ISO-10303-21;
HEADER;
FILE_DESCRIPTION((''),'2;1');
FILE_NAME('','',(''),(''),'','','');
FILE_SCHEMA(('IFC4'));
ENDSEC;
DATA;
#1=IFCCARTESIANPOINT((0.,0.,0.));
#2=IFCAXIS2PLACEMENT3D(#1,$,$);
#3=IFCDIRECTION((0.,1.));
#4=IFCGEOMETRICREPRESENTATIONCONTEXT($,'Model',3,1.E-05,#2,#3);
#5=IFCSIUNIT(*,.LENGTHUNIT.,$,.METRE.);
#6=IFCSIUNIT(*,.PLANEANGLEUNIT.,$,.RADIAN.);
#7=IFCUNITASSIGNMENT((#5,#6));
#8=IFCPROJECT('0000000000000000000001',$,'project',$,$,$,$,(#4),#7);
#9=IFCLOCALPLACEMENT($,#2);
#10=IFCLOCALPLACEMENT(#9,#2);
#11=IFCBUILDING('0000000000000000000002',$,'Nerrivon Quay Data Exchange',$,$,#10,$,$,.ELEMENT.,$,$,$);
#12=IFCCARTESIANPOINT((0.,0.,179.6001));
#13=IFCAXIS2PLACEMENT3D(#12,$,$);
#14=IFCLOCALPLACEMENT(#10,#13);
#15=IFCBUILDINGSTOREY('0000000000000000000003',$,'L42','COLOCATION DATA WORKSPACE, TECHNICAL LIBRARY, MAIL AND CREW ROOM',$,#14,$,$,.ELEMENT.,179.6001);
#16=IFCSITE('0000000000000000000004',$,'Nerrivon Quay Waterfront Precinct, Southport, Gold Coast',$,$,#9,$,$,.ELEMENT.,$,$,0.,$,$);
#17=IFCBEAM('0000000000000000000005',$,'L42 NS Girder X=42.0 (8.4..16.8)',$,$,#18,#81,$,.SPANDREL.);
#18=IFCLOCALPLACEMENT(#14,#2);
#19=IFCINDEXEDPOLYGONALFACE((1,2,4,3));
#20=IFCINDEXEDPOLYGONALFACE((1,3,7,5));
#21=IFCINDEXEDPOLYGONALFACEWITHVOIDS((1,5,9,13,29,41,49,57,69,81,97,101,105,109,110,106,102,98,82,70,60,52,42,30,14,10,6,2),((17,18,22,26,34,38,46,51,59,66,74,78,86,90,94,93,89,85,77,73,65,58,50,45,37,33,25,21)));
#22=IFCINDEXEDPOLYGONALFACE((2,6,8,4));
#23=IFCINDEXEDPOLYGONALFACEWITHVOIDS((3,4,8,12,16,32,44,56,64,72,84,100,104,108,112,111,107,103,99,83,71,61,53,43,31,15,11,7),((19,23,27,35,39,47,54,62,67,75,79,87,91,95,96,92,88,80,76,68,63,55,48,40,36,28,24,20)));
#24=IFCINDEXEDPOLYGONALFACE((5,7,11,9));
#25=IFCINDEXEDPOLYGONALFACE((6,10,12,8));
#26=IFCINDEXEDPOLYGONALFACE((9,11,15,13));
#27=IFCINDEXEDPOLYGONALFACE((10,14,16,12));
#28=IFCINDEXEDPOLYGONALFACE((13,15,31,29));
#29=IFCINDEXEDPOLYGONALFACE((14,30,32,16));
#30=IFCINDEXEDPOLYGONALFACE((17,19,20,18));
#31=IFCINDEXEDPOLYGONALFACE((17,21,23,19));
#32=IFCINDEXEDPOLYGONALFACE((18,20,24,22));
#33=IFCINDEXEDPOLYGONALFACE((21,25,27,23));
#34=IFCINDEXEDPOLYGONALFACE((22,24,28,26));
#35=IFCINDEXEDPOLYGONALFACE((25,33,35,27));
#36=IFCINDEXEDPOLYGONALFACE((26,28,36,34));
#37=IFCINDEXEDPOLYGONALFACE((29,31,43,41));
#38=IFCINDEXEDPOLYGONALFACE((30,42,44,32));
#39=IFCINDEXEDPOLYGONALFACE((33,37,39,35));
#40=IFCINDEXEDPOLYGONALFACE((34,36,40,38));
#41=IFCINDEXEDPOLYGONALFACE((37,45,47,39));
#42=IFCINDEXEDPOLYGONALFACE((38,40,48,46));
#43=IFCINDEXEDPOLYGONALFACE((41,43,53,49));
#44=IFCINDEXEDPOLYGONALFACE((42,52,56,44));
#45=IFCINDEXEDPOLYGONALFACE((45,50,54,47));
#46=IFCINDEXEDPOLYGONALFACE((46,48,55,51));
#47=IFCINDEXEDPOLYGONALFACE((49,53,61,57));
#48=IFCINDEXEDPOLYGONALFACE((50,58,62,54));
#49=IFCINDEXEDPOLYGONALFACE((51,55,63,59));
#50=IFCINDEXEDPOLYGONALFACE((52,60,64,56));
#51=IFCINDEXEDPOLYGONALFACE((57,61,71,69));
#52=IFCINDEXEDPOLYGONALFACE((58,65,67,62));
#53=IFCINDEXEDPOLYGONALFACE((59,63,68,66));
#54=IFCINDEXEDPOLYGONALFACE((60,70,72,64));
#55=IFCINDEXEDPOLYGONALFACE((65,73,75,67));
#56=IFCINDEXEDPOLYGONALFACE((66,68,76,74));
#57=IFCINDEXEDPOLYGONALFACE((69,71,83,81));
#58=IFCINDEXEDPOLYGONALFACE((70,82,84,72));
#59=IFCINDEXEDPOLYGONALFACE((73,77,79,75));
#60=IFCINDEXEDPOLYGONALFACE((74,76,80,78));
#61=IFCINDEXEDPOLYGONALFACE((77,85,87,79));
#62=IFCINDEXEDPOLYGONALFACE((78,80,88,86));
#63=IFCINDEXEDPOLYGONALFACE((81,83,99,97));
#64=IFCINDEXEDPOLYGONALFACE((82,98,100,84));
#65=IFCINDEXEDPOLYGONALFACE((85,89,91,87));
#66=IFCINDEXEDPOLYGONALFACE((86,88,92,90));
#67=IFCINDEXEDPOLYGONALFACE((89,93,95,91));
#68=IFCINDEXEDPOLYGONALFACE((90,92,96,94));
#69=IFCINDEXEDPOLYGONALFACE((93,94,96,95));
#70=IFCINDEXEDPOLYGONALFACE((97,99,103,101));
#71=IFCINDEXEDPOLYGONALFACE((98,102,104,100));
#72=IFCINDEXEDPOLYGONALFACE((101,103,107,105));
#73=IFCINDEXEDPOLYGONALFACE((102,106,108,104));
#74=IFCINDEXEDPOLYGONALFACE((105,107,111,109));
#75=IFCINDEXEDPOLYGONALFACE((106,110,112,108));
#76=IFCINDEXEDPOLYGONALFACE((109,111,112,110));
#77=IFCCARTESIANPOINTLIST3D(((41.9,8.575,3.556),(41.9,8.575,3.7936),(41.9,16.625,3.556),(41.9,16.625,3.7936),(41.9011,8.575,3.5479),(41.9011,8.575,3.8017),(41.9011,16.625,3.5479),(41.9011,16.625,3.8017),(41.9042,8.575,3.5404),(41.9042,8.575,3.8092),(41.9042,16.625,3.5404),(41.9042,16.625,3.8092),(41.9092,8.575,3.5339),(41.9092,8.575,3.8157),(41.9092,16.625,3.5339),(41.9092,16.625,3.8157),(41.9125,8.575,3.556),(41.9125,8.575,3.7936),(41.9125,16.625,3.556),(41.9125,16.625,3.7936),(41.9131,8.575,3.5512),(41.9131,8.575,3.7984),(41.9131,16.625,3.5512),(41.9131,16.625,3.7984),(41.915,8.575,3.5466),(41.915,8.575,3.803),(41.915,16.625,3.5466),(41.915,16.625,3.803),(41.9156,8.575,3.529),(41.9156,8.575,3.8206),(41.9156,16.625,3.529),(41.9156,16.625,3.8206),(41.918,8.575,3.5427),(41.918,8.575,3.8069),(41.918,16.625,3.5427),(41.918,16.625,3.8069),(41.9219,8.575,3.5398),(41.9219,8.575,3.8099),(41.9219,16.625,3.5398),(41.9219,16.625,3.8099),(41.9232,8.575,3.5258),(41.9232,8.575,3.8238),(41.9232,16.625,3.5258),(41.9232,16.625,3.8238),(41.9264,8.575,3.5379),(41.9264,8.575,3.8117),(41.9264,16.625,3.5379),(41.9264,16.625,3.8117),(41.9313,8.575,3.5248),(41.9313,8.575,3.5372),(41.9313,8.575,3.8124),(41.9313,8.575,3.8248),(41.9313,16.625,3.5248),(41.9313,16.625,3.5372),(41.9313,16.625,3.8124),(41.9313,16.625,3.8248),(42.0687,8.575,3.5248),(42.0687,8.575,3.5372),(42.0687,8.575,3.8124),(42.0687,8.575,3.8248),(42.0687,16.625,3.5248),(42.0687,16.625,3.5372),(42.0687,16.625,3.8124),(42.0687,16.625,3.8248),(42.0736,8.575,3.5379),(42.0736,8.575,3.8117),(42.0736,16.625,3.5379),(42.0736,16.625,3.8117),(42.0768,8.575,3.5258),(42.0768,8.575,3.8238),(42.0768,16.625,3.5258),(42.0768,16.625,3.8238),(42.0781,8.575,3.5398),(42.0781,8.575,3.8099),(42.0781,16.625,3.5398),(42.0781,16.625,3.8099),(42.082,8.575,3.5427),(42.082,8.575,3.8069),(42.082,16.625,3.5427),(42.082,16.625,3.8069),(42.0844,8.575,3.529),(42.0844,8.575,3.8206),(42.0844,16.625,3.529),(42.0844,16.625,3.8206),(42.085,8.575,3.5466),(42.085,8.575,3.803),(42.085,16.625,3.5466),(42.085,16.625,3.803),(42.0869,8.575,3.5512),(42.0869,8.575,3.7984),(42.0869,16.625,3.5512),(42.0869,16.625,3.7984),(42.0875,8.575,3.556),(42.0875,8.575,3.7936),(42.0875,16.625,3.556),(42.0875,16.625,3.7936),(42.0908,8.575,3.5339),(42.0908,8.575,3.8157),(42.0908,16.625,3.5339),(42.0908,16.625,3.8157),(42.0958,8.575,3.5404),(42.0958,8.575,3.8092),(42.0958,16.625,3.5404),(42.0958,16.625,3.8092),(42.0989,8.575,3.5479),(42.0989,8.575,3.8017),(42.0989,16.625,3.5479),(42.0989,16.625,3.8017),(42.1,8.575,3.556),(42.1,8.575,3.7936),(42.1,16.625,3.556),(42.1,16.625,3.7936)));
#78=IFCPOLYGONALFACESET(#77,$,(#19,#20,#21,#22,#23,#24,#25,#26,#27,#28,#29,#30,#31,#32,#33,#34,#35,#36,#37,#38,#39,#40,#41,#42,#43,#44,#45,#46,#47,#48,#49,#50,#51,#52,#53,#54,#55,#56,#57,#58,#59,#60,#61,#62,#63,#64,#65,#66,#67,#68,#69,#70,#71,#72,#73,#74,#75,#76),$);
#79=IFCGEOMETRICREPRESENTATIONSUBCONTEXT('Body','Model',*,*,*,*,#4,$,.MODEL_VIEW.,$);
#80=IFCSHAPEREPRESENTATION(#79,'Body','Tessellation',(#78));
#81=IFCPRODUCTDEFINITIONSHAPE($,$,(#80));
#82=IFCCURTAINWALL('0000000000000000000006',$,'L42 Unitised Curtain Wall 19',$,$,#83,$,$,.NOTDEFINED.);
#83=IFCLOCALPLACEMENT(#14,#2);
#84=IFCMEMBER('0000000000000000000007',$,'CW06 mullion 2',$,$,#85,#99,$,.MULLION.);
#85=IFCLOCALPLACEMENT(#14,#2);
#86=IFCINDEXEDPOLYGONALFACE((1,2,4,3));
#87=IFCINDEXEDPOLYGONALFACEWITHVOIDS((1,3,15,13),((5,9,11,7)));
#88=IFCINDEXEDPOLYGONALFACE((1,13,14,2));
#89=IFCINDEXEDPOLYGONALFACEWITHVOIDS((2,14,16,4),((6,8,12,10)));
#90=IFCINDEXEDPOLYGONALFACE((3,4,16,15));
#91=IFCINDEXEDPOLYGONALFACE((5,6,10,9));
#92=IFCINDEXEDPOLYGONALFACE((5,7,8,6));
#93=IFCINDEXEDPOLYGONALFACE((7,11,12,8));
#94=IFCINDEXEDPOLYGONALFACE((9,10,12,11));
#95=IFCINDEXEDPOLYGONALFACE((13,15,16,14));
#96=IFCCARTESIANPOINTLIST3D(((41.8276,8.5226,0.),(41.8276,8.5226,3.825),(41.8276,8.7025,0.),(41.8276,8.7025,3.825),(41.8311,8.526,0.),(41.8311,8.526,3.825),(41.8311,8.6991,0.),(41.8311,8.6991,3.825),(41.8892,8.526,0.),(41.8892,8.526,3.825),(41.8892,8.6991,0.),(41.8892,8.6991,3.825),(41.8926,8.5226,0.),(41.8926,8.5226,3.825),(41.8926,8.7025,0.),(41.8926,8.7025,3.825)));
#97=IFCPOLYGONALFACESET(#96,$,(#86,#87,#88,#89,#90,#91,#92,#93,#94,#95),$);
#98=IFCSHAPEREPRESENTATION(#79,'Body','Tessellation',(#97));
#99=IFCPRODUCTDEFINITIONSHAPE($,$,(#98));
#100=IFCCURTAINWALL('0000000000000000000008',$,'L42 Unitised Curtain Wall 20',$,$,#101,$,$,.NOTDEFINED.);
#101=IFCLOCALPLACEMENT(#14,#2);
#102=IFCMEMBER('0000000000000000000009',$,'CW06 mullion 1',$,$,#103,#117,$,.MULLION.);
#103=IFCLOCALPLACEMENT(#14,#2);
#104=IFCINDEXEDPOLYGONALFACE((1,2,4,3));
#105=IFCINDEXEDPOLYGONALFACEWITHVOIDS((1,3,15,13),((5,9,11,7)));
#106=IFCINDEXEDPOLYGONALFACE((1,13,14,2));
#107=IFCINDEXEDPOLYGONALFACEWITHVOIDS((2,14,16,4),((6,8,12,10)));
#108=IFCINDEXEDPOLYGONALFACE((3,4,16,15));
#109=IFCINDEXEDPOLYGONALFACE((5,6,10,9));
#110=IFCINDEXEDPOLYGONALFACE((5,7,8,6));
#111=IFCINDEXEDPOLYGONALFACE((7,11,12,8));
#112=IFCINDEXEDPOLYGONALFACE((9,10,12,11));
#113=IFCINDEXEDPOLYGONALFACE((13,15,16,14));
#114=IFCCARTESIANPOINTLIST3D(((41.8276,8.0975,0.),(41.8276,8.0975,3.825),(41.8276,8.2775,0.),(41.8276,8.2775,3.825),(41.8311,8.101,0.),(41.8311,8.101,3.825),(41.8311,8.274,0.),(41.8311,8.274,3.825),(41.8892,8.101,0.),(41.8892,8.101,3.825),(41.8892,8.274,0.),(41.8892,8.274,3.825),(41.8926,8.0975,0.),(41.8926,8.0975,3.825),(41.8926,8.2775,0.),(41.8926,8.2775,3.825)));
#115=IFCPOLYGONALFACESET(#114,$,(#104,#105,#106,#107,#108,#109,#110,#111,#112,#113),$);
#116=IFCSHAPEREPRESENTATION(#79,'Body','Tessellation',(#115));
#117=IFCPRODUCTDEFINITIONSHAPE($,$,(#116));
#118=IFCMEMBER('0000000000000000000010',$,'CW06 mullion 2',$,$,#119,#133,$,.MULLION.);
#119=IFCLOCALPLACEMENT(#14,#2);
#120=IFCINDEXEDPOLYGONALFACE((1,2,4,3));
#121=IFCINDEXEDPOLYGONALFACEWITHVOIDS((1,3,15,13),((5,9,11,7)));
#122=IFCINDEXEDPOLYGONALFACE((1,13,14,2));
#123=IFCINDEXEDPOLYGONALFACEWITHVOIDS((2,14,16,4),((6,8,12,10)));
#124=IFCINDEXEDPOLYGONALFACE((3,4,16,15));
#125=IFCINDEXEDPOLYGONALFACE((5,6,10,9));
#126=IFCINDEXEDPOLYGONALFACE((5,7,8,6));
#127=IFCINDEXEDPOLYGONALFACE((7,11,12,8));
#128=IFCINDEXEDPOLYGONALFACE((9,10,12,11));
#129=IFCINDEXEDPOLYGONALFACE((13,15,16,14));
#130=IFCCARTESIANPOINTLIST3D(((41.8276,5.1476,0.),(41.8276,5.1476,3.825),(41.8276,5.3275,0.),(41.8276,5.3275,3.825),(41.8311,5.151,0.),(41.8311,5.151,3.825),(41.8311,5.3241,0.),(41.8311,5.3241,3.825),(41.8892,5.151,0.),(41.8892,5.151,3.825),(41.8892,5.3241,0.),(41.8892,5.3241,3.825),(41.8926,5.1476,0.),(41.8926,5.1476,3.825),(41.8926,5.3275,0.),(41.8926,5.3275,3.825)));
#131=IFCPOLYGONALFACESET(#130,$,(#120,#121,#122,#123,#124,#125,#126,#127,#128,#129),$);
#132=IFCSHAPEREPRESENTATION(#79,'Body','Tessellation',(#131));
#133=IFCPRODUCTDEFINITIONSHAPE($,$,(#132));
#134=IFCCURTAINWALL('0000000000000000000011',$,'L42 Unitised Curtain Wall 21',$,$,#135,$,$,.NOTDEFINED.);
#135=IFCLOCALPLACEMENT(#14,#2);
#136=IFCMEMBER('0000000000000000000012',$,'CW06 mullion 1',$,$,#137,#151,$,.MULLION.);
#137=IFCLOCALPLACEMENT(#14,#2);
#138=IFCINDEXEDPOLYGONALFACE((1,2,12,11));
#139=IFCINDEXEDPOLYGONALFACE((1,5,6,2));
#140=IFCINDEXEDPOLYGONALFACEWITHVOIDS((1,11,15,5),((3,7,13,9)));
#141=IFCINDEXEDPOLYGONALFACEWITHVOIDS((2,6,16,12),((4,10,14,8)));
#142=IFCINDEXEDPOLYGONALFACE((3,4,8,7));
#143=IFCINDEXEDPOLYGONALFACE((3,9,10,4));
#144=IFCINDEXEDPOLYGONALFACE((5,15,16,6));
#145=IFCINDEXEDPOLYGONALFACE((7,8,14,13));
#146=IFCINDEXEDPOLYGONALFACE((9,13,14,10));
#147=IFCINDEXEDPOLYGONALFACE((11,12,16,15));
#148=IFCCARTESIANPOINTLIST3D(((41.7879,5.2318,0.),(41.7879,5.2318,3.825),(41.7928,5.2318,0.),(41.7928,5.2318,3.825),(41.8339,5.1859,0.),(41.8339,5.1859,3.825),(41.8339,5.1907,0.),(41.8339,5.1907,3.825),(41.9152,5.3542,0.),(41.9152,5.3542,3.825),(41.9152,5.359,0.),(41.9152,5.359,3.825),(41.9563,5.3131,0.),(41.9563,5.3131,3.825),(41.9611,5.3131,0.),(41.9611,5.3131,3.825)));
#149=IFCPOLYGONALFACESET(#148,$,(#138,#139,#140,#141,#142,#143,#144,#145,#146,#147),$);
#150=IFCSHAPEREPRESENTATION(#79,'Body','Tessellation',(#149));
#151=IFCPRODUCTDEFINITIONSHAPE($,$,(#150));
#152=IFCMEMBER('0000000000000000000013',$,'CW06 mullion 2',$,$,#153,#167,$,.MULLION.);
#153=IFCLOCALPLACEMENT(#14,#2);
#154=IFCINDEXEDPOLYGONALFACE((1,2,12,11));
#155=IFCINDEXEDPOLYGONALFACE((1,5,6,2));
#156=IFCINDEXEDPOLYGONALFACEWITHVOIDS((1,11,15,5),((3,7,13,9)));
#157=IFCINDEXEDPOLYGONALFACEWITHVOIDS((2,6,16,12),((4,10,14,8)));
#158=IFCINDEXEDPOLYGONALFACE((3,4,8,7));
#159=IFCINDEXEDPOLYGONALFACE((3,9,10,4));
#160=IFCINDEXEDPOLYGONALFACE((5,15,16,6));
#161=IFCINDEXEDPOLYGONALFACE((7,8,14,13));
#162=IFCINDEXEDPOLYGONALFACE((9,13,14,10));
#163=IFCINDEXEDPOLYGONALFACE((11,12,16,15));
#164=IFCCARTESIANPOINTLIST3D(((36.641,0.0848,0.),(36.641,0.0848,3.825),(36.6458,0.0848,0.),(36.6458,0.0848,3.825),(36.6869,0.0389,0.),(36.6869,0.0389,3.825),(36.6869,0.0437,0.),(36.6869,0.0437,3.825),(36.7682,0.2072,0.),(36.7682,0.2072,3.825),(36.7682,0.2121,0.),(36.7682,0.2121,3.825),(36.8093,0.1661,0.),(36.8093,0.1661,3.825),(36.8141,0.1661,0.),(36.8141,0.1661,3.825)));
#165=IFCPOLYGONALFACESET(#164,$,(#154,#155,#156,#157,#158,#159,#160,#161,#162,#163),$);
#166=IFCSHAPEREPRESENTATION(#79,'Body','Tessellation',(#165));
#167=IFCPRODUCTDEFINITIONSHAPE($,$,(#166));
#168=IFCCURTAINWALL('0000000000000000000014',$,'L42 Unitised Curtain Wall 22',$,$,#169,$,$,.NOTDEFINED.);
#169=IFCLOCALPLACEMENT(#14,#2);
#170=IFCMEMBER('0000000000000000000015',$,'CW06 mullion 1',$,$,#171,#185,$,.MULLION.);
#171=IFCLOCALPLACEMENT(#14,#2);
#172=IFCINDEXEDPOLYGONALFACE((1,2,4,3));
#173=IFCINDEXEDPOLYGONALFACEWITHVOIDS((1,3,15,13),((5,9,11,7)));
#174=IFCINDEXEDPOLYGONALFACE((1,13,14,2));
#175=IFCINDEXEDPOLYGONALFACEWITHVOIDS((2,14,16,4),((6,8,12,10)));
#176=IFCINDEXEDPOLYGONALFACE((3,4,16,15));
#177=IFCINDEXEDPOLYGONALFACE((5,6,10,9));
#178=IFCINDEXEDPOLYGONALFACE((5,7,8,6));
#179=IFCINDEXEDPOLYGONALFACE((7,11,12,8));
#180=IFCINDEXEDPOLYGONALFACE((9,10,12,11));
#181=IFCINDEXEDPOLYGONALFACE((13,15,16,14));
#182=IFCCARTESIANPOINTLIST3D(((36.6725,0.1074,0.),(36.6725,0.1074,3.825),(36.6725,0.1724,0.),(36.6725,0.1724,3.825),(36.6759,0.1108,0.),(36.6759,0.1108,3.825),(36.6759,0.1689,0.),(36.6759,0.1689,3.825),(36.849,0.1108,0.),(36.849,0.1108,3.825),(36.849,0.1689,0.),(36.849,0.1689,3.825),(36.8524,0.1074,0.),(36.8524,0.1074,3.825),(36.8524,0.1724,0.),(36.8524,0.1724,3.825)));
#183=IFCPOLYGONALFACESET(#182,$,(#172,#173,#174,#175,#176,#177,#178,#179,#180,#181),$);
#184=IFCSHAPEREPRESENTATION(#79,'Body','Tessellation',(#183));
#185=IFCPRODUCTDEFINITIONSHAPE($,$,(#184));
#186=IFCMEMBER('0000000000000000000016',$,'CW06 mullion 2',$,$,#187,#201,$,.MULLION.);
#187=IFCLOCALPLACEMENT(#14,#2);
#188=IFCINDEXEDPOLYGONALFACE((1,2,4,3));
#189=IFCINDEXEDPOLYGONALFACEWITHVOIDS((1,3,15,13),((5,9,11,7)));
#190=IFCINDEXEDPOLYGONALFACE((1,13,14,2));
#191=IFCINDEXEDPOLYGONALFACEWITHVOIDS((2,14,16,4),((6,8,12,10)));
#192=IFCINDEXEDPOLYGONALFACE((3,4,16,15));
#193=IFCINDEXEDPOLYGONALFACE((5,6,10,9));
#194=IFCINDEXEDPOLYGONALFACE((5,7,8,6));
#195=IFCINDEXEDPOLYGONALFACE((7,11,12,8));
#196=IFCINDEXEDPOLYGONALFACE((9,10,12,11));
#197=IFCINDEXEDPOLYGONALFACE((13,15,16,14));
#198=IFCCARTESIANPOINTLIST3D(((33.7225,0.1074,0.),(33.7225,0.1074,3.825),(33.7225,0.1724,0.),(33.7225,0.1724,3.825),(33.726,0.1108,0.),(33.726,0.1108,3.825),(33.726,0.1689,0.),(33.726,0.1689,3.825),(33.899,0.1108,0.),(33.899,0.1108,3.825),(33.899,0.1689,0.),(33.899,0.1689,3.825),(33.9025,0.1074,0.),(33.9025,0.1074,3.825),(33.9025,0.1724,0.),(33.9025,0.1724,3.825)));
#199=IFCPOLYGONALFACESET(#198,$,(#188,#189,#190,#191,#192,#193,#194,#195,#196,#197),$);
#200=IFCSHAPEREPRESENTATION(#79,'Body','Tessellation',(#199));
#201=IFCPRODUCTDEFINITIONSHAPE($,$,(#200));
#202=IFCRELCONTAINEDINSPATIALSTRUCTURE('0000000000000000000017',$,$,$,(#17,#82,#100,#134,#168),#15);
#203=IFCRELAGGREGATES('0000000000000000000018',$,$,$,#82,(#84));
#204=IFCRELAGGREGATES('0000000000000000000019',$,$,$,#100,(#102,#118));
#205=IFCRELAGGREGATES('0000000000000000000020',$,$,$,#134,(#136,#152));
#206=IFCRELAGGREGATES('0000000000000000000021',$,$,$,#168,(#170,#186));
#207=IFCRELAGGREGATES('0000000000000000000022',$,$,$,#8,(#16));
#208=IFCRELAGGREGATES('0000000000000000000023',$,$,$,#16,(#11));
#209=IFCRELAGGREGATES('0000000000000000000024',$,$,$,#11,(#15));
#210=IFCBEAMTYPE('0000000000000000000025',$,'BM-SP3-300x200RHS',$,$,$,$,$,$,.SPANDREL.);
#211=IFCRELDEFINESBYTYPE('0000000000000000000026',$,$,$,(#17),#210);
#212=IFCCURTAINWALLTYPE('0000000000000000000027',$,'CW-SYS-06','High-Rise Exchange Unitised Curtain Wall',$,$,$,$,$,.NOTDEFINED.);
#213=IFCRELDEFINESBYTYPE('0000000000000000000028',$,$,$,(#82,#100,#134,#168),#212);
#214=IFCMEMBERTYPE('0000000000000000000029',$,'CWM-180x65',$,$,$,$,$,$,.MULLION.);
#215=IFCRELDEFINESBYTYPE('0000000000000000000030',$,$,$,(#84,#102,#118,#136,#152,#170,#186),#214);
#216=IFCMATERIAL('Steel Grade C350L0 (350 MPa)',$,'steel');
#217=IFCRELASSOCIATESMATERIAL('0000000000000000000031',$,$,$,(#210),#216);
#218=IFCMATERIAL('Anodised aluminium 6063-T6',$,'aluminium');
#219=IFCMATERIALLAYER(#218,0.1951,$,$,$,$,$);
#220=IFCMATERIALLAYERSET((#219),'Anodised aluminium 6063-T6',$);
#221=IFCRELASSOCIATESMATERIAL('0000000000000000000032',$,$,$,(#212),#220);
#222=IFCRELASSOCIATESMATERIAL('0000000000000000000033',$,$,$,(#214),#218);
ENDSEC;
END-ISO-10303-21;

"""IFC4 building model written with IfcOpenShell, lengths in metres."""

from ifc_helpers import new_model, si_unit, direction, frame, origin, origin_2d, place, context, subcontext, project, spatial, hollow_rectangle, extrude, material, layer, layer_set, material_profile, profile_set, type_object, element, aggregate, save


model = new_model("IFC4")

# Units and contexts
model_context = context("Model", 3, precision=1e-05, world=origin(), true_north=direction((0.0, 1.0)))
body_context = subcontext(model_context, "Body", "Model", "MODEL_VIEW")
ifc_project = project(units=[si_unit("LENGTHUNIT", "METRE"), si_unit("PLANEANGLEUNIT", "RADIAN")], contexts=[model_context])

# Site, building, storey
site_placement = place(None, origin())
site = spatial("IfcSite", under=ifc_project, at=site_placement, Name="Nerrivon Quay Waterfront Precinct, Southport, Gold Coast", CompositionType="ELEMENT", RefElevation=0.0)
building_placement = place(site_placement, origin())
building = spatial("IfcBuilding", under=site, at=building_placement, Name="Nerrivon Quay Data Exchange", CompositionType="ELEMENT")
storey_placement = place(building_placement, frame((0.0, 0.0, 179.6001)))
storey = spatial("IfcBuildingStorey", under=building, at=storey_placement, Name="L42", Description="COLOCATION DATA WORKSPACE, TECHNICAL LIBRARY, MAIL AND CREW ROOM", CompositionType="ELEMENT", Elevation=179.6001)

# Beam
ifc_material_1 = material(Name="Steel Grade C350L0 (350 MPa)", Category="steel")
ifc_material_profile_1 = material_profile(ifc_material_1, hollow_rectangle(XDim=0.2, YDim=0.3, WallThickness=0.0125, InnerFilletRadius=0.0188, OuterFilletRadius=0.0312, at=origin_2d()), Name="300x200x12.5RHS")
ifc_profile_set_1 = profile_set([ifc_material_profile_1], Name="Steel Grade C350L0 (350 MPa)")
beam_type_1 = type_object("IfcBeamType", Name="BM-SP3-300x200RHS", PredefinedType="SPANDREL", material=ifc_profile_set_1)
beam_1_placement = place(storey_placement, frame((42.0, 8.575, 3.6748), z_axis=(0.0, 1.0, 0.0), x_axis=(-1.0, 0.0, 0.0)))
element("IfcBeam", 1, at=beam_1_placement, inside=storey, type_object=beam_type_1, Name="L42 NS Girder X=42.0 (8.4..16.8)", PredefinedType="SPANDREL", context=body_context, shape_type="SweptSolid", body=[
    extrude(hollow_rectangle(XDim=0.2, YDim=0.3, WallThickness=0.0125, InnerFilletRadius=0.0188, OuterFilletRadius=0.0312, at=origin_2d()), origin(), (0.0, 0.0, 1.0), 8.05),
])

# Curtain wall, member
ifc_material_2 = material(Name="Anodised aluminium 6063-T6", Category="aluminium")
ifc_layer_1 = layer(ifc_material_2, 0.1951)
ifc_layer_set_1 = layer_set([ifc_layer_1], Name="Anodised aluminium 6063-T6")
curtain_wall_type = type_object("IfcCurtainWallType", Name="CW-SYS-06", Description="High-Rise Exchange Unitised Curtain Wall", PredefinedType="NOTDEFINED", material=ifc_layer_set_1)
curtain_wall_1_placement = place(storey_placement, origin())
curtain_wall_1 = element("IfcCurtainWall", 2, at=curtain_wall_1_placement, inside=storey, type_object=curtain_wall_type, Name="L42 Unitised Curtain Wall 19", PredefinedType="NOTDEFINED")
ifc_material_profile_2 = material_profile(ifc_material_2, hollow_rectangle(XDim=0.0649, YDim=0.1799, WallThickness=0.0034, at=origin_2d()), Name="ALU-MULL-180x65")
ifc_profile_set_2 = profile_set([ifc_material_profile_2], Name="Anodised aluminium 6063-T6")
member_type_1 = type_object("IfcMemberType", Name="CWM-180x65", PredefinedType="MULLION", material=ifc_profile_set_2)
member_1_placement = place(storey_placement, frame((41.8601, 8.6125, 0.0), z_axis=(0.0, 0.0, 1.0), x_axis=(1.0, 0.0, 0.0)))
member_1 = element("IfcMember", 3, at=member_1_placement, type_object=member_type_1, Name="CW06 mullion 2", PredefinedType="MULLION", context=body_context, shape_type="SweptSolid", body=[
    extrude(hollow_rectangle(XDim=0.0649, YDim=0.1799, WallThickness=0.0034, at=origin_2d()), origin(), (0.0, 0.0, 1.0), 3.825),
])

# Curtain walls, members
curtain_wall_2_placement = place(storey_placement, origin())
curtain_wall_2 = element("IfcCurtainWall", 4, at=curtain_wall_2_placement, inside=storey, type_object=curtain_wall_type, Name="L42 Unitised Curtain Wall 20", PredefinedType="NOTDEFINED")
member_2_placement = place(storey_placement, frame((41.8601, 8.1875, 0.0), z_axis=(0.0, 0.0, 1.0), x_axis=(1.0, 0.0, 0.0)))
member_2 = element("IfcMember", 5, at=member_2_placement, type_object=member_type_1, Name="CW06 mullion 1", PredefinedType="MULLION", context=body_context, shape_type="SweptSolid", body=[
    extrude(hollow_rectangle(XDim=0.0649, YDim=0.1799, WallThickness=0.0034, at=origin_2d()), origin(), (0.0, 0.0, 1.0), 3.825),
])
member_3_placement = place(storey_placement, frame((41.8601, 5.2375, 0.0), z_axis=(0.0, 0.0, 1.0), x_axis=(1.0, 0.0, 0.0)))
member_3 = element("IfcMember", 6, at=member_3_placement, type_object=member_type_1, Name="CW06 mullion 2", PredefinedType="MULLION", context=body_context, shape_type="SweptSolid", body=[
    extrude(hollow_rectangle(XDim=0.0649, YDim=0.1799, WallThickness=0.0034, at=origin_2d()), origin(), (0.0, 0.0, 1.0), 3.825),
])
curtain_wall_3_placement = place(storey_placement, origin())
curtain_wall_3 = element("IfcCurtainWall", 7, at=curtain_wall_3_placement, inside=storey, type_object=curtain_wall_type, Name="L42 Unitised Curtain Wall 21", PredefinedType="NOTDEFINED")
member_4_placement = place(storey_placement, frame((41.8745, 5.2725, 0.0), z_axis=(0.0, 0.0, 1.0), x_axis=(0.707107, -0.707107, 0.0)))
member_4 = element("IfcMember", 8, at=member_4_placement, type_object=member_type_1, Name="CW06 mullion 1", PredefinedType="MULLION", context=body_context, shape_type="SweptSolid", body=[
    extrude(hollow_rectangle(XDim=0.0649, YDim=0.1799, WallThickness=0.0034, at=origin_2d()), origin(), (0.0, 0.0, 1.0), 3.825),
])
member_5_placement = place(storey_placement, frame((36.7275, 0.1255, 0.0), z_axis=(0.0, 0.0, 1.0), x_axis=(0.707107, -0.707107, 0.0)))
member_5 = element("IfcMember", 9, at=member_5_placement, type_object=member_type_1, Name="CW06 mullion 2", PredefinedType="MULLION", context=body_context, shape_type="SweptSolid", body=[
    extrude(hollow_rectangle(XDim=0.0649, YDim=0.1799, WallThickness=0.0034, at=origin_2d()), origin(), (0.0, 0.0, 1.0), 3.825),
])
curtain_wall_4_placement = place(storey_placement, origin())
curtain_wall_4 = element("IfcCurtainWall", 10, at=curtain_wall_4_placement, inside=storey, type_object=curtain_wall_type, Name="L42 Unitised Curtain Wall 22", PredefinedType="NOTDEFINED")
member_6_placement = place(storey_placement, frame((36.7625, 0.1399, 0.0), z_axis=(0.0, 0.0, 1.0), x_axis=(0.0, -1.0, 0.0)))
member_6 = element("IfcMember", 11, at=member_6_placement, type_object=member_type_1, Name="CW06 mullion 1", PredefinedType="MULLION", context=body_context, shape_type="SweptSolid", body=[
    extrude(hollow_rectangle(XDim=0.0649, YDim=0.1799, WallThickness=0.0034, at=origin_2d()), origin(), (0.0, 0.0, 1.0), 3.825),
])
member_7_placement = place(storey_placement, frame((33.8125, 0.1399, 0.0), z_axis=(0.0, 0.0, 1.0), x_axis=(0.0, -1.0, 0.0)))
member_7 = element("IfcMember", 12, at=member_7_placement, type_object=member_type_1, Name="CW06 mullion 2", PredefinedType="MULLION", context=body_context, shape_type="SweptSolid", body=[
    extrude(hollow_rectangle(XDim=0.0649, YDim=0.1799, WallThickness=0.0034, at=origin_2d()), origin(), (0.0, 0.0, 1.0), 3.825),
])

aggregate(curtain_wall_1, [member_1])
aggregate(curtain_wall_2, [member_2, member_3])
aggregate(curtain_wall_3, [member_4, member_5])
aggregate(curtain_wall_4, [member_6, member_7])

save(model, "model.ifc")
